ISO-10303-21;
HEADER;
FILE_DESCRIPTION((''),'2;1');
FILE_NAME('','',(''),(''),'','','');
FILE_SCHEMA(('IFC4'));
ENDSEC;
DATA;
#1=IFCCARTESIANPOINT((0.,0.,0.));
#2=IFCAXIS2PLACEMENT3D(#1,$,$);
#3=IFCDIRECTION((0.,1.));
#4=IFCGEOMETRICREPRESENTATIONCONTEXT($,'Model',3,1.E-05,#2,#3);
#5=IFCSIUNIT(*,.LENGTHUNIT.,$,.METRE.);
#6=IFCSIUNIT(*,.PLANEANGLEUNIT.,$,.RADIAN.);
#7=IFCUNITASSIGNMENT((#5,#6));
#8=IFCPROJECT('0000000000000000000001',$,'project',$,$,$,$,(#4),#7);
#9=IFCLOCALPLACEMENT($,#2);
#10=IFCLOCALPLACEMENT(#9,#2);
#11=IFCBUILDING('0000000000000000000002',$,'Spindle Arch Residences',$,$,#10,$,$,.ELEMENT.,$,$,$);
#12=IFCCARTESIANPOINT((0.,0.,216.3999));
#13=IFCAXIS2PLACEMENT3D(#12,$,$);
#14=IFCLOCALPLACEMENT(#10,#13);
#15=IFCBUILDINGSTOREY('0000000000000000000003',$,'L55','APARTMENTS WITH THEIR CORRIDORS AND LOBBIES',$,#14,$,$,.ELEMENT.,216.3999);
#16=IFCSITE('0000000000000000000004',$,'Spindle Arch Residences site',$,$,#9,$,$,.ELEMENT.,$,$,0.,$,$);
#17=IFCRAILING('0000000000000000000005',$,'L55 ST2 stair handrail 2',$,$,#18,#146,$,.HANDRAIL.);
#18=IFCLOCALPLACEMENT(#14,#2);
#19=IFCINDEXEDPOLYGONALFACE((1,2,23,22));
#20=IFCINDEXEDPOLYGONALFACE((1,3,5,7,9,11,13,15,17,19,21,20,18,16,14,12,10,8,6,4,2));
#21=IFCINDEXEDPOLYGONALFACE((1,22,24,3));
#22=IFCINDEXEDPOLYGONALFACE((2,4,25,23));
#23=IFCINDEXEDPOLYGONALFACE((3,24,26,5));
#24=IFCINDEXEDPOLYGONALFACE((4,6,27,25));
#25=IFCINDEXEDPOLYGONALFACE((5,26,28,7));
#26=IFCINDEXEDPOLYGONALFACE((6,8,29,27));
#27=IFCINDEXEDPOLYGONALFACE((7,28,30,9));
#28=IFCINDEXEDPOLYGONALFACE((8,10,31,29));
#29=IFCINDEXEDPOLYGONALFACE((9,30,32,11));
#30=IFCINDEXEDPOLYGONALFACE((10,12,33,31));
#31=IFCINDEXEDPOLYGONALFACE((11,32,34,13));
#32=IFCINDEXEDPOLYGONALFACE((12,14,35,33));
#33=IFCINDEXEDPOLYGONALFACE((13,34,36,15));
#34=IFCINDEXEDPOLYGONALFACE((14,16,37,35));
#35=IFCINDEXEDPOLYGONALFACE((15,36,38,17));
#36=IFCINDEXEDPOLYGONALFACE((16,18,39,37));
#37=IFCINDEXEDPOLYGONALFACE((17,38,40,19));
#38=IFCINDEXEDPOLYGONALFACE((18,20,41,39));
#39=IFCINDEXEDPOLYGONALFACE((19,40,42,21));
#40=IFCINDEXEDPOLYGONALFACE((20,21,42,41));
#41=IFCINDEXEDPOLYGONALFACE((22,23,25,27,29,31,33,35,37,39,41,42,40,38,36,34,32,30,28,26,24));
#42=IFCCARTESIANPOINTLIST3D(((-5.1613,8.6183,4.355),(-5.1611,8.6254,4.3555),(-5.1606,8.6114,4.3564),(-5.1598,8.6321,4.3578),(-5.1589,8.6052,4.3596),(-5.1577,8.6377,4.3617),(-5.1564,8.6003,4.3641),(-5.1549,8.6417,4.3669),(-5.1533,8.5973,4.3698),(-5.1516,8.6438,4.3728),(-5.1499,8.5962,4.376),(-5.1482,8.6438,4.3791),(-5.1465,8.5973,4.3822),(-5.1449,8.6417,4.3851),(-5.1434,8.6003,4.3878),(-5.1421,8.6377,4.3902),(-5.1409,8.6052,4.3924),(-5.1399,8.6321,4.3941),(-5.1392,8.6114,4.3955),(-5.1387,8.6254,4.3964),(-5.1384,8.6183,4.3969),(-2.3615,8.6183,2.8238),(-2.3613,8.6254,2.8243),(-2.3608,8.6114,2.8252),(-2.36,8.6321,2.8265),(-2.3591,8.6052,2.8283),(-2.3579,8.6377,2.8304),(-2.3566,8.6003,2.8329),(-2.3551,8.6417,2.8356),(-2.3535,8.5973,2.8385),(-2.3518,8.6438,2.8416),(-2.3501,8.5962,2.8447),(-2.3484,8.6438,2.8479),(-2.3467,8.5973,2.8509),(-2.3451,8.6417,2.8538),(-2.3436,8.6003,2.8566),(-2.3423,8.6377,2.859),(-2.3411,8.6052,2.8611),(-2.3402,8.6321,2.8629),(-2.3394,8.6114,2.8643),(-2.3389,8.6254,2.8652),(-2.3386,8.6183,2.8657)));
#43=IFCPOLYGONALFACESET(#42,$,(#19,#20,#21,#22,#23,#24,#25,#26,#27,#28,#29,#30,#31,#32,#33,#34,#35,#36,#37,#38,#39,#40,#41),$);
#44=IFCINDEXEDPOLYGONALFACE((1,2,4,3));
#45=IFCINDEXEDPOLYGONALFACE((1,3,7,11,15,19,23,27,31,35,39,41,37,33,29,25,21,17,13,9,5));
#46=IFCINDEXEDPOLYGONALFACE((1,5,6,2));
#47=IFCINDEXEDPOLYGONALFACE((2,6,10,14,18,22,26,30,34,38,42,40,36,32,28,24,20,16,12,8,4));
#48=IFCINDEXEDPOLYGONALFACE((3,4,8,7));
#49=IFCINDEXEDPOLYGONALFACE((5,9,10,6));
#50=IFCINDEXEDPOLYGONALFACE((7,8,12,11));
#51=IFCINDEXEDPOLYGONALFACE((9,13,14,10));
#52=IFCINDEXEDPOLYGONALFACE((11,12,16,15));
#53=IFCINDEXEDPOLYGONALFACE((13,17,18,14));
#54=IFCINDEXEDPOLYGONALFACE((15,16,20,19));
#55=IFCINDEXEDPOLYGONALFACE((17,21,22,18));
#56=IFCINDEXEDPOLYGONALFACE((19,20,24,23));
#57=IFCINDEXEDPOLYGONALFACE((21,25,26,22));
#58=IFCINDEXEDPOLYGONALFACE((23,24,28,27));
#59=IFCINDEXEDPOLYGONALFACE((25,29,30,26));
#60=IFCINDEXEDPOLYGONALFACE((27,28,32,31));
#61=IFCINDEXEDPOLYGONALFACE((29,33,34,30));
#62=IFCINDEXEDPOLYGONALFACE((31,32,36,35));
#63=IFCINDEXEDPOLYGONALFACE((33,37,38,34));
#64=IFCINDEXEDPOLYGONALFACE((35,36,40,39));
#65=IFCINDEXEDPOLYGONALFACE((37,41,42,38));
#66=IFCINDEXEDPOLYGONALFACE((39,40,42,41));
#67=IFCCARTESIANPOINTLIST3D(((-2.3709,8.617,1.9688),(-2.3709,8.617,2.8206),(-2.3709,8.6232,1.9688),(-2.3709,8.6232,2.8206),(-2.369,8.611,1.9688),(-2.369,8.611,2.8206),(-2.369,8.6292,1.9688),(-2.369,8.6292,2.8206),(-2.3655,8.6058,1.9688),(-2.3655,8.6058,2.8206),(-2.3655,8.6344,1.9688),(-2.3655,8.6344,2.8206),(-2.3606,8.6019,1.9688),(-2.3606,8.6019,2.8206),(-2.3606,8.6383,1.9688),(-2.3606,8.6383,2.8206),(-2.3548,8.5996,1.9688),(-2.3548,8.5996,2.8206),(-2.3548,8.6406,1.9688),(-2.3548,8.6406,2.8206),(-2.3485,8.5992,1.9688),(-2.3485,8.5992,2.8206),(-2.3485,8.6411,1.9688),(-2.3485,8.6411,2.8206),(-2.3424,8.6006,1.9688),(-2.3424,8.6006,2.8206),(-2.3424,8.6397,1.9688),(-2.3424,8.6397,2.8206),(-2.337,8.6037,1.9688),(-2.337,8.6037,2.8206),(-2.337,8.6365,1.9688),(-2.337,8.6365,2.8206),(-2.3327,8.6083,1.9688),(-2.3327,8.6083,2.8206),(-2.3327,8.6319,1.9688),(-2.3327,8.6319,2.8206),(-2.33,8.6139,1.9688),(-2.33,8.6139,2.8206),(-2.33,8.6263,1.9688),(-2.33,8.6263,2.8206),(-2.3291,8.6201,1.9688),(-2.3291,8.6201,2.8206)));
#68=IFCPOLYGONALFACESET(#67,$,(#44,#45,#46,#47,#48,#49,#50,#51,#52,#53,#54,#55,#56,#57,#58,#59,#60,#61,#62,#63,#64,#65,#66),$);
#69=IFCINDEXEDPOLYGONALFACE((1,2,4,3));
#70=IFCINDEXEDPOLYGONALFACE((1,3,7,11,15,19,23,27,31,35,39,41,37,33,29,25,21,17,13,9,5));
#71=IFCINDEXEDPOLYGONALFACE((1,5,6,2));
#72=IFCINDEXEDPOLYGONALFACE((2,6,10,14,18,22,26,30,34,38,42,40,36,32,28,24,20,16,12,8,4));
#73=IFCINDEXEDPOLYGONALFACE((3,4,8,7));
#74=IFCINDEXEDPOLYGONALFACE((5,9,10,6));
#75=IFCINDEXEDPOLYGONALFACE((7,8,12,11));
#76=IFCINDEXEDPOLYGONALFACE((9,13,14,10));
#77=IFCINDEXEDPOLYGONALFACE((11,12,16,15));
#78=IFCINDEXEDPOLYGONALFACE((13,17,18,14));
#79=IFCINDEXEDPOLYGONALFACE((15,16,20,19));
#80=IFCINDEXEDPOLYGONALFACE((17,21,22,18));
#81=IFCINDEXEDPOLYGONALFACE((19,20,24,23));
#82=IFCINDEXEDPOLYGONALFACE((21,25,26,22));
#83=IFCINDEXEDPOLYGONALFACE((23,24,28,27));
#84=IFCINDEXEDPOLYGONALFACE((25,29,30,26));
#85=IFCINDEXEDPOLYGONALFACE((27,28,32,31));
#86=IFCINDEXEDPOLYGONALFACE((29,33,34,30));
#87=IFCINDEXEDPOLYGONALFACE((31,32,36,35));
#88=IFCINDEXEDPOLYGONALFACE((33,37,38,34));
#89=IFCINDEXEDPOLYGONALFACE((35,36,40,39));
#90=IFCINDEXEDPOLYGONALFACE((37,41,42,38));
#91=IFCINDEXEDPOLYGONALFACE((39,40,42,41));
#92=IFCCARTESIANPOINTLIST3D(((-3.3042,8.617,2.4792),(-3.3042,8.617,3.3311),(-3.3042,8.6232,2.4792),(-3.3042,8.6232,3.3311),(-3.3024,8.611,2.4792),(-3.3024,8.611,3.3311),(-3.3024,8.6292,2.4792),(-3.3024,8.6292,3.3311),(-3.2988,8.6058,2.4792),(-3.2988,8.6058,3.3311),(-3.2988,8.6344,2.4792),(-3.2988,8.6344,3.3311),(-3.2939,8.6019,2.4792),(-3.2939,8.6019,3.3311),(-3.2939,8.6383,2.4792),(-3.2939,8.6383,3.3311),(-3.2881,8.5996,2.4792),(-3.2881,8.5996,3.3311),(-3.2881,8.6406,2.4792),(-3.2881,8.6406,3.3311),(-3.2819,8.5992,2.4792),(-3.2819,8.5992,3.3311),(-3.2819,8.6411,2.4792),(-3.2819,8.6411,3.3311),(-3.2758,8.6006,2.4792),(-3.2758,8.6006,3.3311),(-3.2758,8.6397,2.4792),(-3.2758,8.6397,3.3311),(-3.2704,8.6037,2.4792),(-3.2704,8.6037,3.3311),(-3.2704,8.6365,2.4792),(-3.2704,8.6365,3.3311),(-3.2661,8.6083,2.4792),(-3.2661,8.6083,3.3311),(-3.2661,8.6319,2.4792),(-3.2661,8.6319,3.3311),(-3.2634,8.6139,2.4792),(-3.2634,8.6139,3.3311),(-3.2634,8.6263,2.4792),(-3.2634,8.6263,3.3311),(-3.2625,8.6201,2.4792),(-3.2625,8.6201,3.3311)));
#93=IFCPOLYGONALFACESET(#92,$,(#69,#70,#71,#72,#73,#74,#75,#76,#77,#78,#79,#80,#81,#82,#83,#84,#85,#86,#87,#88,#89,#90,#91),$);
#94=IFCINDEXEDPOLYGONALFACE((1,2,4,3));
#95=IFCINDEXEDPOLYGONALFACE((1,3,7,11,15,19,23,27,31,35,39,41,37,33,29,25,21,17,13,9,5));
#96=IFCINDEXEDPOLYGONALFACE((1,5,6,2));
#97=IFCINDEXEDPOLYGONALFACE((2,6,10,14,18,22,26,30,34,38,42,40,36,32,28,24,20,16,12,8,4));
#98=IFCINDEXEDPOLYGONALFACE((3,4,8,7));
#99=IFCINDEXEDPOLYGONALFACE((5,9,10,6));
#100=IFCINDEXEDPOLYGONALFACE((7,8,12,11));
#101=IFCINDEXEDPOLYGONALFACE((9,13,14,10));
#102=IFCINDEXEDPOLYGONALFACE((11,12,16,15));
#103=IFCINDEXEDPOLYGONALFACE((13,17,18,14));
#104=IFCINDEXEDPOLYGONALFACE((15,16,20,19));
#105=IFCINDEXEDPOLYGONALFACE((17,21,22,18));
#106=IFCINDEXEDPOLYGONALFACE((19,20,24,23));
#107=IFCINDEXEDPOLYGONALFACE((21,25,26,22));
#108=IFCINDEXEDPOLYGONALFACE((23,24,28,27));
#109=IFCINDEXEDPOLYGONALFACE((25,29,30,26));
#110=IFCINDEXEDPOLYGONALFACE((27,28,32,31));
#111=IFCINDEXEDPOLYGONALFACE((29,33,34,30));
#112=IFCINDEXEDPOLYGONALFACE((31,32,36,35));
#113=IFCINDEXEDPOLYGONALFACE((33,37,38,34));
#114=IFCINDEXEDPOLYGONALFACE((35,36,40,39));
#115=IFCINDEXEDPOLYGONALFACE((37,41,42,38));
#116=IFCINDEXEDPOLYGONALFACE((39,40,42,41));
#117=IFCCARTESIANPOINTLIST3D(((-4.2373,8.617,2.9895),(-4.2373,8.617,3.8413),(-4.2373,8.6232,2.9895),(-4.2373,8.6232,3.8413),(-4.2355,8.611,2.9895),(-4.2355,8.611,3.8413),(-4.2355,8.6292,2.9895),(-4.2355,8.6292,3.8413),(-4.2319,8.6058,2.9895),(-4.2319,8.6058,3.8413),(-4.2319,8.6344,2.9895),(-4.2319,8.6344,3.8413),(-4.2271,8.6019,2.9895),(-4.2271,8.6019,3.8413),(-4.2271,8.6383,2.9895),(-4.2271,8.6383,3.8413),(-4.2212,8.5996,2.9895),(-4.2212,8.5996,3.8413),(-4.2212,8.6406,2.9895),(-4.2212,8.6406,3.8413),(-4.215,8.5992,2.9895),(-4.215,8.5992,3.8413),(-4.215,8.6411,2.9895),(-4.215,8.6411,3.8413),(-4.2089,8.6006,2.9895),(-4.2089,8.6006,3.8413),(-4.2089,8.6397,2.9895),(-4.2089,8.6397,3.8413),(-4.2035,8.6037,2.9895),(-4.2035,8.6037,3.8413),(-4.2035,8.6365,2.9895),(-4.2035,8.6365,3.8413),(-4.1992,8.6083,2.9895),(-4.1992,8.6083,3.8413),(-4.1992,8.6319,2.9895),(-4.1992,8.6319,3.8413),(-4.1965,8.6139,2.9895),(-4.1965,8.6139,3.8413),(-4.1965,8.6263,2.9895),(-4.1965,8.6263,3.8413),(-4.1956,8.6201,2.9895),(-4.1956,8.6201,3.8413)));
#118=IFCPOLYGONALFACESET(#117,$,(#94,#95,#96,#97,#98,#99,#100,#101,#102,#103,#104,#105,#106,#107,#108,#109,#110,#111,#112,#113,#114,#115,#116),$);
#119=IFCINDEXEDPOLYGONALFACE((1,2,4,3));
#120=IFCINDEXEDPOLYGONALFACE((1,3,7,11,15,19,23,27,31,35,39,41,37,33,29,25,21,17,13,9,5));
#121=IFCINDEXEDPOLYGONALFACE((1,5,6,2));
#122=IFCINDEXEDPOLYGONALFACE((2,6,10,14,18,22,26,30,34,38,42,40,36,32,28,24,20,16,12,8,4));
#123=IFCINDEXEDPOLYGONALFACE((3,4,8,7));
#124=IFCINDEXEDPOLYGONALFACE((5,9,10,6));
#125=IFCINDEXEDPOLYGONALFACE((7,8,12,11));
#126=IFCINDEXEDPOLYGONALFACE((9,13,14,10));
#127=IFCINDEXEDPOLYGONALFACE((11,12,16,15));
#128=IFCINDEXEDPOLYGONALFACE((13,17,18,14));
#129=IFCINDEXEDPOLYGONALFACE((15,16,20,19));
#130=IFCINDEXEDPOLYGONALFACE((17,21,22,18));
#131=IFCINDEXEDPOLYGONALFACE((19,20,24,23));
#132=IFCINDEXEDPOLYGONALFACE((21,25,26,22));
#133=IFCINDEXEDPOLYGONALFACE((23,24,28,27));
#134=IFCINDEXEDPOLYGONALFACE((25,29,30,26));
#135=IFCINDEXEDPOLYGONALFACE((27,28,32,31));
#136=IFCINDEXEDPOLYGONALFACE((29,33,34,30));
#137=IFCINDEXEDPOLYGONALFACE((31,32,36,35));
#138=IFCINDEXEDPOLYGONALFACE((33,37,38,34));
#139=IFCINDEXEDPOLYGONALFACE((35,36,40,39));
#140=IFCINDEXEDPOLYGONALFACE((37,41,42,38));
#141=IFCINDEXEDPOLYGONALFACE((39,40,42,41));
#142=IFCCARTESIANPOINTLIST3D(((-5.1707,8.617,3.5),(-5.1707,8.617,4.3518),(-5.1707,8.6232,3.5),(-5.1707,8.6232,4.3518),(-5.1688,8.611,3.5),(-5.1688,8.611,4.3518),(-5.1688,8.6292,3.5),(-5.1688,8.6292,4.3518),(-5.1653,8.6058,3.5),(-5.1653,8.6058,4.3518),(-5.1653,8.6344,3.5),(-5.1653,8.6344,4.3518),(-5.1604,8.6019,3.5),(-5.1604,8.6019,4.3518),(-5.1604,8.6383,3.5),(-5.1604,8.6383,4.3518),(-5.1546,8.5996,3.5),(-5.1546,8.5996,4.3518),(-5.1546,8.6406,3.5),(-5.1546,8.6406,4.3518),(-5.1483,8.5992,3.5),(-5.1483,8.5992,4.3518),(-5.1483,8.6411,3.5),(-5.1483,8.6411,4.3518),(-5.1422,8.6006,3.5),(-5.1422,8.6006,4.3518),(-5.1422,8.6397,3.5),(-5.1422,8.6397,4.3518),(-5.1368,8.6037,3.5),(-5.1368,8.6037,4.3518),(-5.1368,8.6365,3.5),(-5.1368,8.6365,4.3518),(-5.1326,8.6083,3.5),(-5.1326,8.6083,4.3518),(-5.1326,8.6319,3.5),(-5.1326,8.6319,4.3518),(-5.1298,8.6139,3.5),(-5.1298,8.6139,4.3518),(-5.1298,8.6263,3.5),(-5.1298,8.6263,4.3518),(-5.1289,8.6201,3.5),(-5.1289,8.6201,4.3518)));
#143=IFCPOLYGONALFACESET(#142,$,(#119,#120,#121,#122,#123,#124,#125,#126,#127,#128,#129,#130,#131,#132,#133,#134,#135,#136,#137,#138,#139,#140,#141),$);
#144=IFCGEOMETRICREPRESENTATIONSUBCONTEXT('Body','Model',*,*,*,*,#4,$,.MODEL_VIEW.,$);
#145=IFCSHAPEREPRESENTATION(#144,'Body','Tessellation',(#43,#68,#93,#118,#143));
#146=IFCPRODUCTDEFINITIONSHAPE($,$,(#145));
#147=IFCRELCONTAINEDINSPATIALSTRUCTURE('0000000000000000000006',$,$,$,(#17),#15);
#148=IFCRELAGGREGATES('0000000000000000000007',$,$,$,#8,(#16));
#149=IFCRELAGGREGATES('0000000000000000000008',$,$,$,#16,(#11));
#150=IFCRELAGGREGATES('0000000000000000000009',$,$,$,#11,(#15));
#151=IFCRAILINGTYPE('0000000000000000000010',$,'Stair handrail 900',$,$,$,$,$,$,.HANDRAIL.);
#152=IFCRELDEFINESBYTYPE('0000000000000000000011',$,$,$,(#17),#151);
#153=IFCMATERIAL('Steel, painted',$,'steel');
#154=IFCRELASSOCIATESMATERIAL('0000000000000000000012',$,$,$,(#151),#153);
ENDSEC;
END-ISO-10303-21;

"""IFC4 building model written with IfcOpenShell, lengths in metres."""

from ifc_helpers import new_model, si_unit, direction, frame, origin, origin_2d, place, context, subcontext, project, spatial, circle, extrude, material, type_object, element, save


model = new_model("IFC4")

# Units and contexts
model_context = context("Model", 3, precision=1e-05, world=origin(), true_north=direction((0.0, 1.0)))
body_context = subcontext(model_context, "Body", "Model", "MODEL_VIEW")
ifc_project = project(units=[si_unit("LENGTHUNIT", "METRE"), si_unit("PLANEANGLEUNIT", "RADIAN")], contexts=[model_context])

# Site, building, storey
site_placement = place(None, origin())
site = spatial("IfcSite", under=ifc_project, at=site_placement, Name="Spindle Arch Residences site", CompositionType="ELEMENT", RefElevation=0.0)
building_placement = place(site_placement, origin())
building = spatial("IfcBuilding", under=site, at=building_placement, Name="Spindle Arch Residences", CompositionType="ELEMENT")
storey_placement = place(building_placement, frame((0.0, 0.0, 216.3999)))
storey = spatial("IfcBuildingStorey", under=building, at=storey_placement, Name="L55", Description="APARTMENTS WITH THEIR CORRIDORS AND LOBBIES", CompositionType="ELEMENT", Elevation=216.3999)

# Railing
ifc_material_1 = material(Name="Steel, painted", Category="steel")
railing_type_1 = type_object("IfcRailingType", Name="Stair handrail 900", PredefinedType="HANDRAIL", material=ifc_material_1)
railing_1_placement = place(storey_placement, frame((-2.3501, 8.6201, 1.9688)))
element("IfcRailing", 1, at=railing_1_placement, inside=storey, type_object=railing_type_1, Name="L55 ST2 stair handrail 2", PredefinedType="HANDRAIL", context=body_context, shape_type="SweptSolid", body=[
    extrude(circle(Radius=0.0239, at=origin_2d()), frame((0.0, 0.0, 0.876), z_axis=(-0.877357, 0.0, 0.479838), x_axis=(0.0, -1.0, 0.0)), (0.0, 0.0, 1.0), 3.1912),
    extrude(circle(Radius=0.021, at=origin_2d()), origin(), (0.0, 0.0, 1.0), 0.8518),
    extrude(circle(Radius=0.021, at=origin_2d()), frame((-0.9333, 0.0, 0.5105)), (0.0, 0.0, 1.0), 0.8518),
    extrude(circle(Radius=0.021, at=origin_2d()), frame((-1.8665, 0.0, 1.0208)), (0.0, 0.0, 1.0), 0.8518),
    extrude(circle(Radius=0.021, at=origin_2d()), frame((-2.7998, 0.0, 1.5312)), (0.0, 0.0, 1.0), 0.8518),
])

save(model, "model.ifc")
